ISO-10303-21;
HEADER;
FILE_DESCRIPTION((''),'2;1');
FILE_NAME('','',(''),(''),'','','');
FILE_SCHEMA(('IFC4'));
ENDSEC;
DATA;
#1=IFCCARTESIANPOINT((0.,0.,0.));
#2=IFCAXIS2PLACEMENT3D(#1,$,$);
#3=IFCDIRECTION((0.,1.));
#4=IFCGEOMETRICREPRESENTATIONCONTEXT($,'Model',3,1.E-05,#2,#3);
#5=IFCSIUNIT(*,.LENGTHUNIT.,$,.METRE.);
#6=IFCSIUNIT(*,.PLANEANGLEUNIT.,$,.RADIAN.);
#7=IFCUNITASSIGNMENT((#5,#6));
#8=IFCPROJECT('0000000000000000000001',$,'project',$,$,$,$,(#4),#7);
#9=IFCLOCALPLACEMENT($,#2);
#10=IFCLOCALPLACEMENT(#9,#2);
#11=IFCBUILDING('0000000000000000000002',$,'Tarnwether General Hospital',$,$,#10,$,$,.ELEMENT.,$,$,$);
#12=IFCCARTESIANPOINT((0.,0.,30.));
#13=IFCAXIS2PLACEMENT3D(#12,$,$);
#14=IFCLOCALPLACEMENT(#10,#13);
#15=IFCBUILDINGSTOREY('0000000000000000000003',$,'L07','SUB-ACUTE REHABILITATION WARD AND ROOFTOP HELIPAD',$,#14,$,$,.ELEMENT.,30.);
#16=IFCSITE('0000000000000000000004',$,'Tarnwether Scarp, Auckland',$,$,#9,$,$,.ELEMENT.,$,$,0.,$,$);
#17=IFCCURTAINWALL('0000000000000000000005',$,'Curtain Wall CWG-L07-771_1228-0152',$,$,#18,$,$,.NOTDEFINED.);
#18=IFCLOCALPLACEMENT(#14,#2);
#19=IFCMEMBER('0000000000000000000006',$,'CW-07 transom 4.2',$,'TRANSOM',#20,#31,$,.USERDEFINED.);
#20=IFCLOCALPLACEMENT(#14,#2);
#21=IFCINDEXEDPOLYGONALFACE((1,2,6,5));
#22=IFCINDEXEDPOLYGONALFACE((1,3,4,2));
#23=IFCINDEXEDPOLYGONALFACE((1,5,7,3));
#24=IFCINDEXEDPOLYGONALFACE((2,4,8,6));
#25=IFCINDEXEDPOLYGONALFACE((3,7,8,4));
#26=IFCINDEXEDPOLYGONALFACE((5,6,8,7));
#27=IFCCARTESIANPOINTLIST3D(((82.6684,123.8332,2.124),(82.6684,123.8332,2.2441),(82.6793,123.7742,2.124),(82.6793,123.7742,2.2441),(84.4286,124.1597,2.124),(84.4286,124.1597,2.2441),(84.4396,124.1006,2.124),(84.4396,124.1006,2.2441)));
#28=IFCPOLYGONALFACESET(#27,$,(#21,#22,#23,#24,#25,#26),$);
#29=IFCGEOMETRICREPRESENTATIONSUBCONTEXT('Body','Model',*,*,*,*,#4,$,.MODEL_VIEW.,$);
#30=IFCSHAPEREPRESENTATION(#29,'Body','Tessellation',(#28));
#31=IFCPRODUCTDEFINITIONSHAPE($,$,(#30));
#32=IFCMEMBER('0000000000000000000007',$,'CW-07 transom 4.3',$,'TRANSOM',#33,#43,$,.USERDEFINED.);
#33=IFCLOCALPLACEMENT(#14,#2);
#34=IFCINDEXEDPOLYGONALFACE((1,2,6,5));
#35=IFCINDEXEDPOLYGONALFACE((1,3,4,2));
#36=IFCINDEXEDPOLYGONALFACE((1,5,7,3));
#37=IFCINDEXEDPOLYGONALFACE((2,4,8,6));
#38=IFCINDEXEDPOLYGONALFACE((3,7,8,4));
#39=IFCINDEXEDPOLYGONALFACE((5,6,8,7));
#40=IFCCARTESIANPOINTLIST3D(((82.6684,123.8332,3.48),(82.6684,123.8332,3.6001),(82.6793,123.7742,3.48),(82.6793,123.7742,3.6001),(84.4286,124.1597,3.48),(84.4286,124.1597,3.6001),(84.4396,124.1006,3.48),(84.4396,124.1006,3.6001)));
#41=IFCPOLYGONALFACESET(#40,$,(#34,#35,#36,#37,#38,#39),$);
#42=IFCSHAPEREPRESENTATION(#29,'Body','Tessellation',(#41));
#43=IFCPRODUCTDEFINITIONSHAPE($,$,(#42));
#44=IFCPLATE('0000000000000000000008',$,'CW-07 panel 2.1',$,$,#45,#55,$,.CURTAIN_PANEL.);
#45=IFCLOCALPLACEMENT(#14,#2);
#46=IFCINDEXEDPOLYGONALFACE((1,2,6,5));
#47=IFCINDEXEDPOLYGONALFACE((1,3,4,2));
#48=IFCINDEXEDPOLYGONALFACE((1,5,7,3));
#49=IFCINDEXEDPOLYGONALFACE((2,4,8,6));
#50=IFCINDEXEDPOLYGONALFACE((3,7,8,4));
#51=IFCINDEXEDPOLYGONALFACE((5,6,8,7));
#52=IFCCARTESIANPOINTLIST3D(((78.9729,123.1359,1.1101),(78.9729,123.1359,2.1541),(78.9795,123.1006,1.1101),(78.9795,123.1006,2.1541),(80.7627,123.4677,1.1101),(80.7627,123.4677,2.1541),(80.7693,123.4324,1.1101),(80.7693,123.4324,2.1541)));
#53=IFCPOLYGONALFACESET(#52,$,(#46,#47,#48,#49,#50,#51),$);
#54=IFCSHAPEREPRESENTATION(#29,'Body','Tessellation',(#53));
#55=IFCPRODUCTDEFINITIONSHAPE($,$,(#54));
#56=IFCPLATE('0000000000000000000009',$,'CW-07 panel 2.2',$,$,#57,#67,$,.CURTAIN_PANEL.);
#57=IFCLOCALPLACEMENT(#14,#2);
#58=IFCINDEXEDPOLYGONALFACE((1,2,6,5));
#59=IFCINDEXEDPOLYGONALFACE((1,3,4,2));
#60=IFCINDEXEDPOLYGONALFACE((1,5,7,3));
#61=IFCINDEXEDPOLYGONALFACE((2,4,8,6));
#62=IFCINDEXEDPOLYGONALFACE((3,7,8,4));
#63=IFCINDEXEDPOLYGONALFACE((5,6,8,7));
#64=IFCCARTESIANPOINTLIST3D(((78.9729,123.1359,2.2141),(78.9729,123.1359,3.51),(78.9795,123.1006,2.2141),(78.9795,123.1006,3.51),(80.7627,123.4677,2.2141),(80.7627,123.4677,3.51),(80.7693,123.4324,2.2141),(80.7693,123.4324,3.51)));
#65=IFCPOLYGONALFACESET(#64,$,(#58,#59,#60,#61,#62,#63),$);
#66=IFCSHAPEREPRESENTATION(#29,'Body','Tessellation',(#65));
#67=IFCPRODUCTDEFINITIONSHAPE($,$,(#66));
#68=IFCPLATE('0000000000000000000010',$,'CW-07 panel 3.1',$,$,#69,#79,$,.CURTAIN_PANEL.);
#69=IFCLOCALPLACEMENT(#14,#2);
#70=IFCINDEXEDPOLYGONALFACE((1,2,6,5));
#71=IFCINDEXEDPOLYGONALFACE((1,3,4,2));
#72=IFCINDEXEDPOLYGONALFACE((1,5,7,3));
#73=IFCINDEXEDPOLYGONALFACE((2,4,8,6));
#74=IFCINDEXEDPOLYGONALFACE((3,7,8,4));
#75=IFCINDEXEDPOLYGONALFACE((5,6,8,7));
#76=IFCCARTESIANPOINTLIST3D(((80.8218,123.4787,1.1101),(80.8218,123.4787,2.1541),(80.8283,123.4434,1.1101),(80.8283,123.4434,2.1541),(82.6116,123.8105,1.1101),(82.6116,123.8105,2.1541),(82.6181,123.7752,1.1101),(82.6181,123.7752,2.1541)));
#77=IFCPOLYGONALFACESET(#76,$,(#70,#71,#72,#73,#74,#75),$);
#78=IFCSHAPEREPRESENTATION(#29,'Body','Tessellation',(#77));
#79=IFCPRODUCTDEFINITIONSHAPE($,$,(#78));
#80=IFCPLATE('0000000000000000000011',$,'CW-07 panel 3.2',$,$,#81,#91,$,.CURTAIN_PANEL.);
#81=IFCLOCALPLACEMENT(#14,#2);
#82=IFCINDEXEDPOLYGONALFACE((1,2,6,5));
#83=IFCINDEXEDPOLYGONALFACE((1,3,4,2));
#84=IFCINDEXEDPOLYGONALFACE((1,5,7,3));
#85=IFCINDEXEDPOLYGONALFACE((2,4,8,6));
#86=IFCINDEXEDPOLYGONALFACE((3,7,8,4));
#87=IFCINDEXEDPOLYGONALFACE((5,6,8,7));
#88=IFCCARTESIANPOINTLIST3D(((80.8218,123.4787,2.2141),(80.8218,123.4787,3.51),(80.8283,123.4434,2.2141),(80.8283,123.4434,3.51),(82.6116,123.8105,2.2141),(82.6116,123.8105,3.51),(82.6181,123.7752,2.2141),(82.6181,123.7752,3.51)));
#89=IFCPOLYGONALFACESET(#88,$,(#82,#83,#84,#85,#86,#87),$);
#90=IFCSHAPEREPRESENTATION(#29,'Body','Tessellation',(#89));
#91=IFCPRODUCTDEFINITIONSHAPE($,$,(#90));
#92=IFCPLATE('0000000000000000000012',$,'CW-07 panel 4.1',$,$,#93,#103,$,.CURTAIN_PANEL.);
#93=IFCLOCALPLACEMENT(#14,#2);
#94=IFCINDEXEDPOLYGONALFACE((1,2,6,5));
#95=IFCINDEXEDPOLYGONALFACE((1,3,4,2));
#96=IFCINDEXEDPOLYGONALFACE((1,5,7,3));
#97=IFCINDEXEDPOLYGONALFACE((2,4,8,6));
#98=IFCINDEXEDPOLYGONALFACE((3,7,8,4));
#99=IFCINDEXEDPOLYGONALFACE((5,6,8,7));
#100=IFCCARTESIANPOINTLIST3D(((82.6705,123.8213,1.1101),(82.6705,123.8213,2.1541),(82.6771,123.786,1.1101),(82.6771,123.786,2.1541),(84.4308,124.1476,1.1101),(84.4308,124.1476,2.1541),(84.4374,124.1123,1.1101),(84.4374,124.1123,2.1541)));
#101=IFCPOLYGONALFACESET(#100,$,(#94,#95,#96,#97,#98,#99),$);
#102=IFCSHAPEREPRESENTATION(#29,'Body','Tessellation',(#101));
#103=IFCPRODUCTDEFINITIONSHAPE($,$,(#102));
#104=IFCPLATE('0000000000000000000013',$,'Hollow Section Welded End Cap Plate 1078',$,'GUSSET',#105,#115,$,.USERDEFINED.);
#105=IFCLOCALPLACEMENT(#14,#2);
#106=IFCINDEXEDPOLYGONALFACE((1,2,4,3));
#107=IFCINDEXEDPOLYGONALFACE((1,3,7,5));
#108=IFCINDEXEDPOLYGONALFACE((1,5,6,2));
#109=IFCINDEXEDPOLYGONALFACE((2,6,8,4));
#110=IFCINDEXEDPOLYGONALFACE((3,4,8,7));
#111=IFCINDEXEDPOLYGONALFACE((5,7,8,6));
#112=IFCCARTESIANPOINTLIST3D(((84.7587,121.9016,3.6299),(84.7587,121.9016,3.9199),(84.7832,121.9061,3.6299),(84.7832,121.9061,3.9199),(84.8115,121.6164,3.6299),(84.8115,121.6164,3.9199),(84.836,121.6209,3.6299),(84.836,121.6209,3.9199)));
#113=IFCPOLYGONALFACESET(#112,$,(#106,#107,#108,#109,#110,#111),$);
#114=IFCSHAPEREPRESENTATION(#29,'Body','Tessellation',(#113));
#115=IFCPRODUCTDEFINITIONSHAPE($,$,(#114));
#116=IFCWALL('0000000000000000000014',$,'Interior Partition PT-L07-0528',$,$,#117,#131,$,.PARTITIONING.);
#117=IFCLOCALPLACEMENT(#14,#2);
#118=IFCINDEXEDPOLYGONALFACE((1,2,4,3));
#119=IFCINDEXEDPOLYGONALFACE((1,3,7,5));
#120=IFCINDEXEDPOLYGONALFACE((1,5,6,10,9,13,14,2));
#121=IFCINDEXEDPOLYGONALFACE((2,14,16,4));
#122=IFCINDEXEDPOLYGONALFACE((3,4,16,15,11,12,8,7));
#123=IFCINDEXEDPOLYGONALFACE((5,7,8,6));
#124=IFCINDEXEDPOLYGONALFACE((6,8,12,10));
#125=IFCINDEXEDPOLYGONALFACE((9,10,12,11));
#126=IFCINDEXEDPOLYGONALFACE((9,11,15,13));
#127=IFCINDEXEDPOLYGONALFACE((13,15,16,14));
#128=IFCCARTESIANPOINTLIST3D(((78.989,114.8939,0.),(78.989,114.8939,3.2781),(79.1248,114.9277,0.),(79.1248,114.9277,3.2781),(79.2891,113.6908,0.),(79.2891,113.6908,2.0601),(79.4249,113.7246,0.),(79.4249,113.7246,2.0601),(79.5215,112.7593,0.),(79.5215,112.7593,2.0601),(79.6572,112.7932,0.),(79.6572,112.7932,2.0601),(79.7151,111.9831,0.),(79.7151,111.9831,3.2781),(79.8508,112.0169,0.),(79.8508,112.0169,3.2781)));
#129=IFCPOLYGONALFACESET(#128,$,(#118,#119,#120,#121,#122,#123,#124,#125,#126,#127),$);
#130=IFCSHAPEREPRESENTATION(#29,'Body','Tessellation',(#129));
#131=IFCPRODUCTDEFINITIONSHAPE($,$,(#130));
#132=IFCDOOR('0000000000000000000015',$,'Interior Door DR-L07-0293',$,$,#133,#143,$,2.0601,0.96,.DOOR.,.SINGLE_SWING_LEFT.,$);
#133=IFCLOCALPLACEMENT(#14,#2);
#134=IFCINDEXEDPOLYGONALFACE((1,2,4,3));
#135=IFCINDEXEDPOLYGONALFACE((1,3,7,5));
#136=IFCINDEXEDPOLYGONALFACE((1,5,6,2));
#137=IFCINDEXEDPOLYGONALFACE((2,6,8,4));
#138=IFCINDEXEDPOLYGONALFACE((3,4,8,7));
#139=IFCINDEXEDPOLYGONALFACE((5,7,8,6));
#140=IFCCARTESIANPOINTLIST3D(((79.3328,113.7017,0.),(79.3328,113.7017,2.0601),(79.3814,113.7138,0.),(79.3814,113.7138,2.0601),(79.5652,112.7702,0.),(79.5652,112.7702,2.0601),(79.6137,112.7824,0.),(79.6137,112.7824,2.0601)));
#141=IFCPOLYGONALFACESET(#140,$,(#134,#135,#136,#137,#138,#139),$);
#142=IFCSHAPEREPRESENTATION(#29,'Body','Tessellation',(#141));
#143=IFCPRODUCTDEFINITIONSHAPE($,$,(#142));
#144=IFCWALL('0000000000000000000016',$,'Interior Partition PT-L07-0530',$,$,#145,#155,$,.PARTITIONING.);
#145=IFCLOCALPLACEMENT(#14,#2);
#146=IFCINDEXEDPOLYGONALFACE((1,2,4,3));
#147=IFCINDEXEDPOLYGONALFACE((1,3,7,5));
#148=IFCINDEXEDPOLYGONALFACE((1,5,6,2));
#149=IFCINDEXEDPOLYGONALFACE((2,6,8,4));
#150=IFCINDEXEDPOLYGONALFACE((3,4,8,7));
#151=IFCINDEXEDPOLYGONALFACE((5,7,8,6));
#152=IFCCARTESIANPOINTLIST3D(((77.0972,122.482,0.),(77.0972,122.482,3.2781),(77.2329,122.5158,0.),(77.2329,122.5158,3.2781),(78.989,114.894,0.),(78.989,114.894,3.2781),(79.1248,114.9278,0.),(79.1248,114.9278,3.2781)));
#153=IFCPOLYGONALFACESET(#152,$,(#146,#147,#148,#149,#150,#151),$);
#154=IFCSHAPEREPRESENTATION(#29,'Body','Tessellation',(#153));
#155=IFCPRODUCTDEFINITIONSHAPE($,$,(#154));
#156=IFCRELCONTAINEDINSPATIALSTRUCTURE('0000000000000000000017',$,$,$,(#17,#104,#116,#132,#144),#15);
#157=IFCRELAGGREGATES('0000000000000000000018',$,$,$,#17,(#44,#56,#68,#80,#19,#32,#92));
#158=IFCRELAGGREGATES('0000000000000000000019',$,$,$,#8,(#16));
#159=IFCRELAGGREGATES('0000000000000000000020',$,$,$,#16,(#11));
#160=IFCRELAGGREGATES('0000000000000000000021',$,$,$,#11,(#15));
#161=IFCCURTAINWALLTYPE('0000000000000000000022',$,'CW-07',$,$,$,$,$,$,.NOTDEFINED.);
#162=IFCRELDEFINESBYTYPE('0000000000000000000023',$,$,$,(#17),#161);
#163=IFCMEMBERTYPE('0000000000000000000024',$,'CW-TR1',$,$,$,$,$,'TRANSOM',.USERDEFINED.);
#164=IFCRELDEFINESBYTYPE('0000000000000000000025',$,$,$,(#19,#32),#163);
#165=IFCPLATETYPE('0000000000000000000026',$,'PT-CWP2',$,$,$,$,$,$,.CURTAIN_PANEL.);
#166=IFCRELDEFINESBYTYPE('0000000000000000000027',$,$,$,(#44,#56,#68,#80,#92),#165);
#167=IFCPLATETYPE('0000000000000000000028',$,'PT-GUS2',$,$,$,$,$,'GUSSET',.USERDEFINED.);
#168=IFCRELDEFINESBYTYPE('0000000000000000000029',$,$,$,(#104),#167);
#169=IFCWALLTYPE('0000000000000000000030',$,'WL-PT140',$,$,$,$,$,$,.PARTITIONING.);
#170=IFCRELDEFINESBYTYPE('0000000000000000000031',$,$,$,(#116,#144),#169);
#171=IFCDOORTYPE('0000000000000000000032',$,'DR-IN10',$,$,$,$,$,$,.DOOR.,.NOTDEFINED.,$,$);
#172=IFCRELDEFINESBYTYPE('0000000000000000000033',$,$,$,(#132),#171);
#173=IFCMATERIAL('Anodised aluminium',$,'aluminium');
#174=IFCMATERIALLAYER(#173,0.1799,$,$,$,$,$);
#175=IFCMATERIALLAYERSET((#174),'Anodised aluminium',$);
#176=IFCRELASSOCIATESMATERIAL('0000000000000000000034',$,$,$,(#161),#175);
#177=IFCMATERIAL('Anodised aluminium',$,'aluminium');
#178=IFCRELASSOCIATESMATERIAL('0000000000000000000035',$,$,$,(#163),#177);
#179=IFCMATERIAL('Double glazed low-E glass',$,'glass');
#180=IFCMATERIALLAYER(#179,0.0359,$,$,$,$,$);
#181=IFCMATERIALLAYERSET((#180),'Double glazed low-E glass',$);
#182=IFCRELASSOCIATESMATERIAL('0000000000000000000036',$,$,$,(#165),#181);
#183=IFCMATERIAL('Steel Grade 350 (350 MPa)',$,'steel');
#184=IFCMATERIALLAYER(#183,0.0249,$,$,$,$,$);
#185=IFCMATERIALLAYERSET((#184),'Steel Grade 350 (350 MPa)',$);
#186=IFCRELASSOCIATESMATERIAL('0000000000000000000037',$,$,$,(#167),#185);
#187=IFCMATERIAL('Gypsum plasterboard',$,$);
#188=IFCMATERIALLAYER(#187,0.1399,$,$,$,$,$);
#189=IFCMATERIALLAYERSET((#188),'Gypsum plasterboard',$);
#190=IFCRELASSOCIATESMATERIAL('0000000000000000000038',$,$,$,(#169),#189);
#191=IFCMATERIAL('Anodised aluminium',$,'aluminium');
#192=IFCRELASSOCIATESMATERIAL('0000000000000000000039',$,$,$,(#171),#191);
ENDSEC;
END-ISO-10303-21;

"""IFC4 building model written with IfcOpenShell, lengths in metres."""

from ifc_helpers import new_model, si_unit, direction, frame, frame_2d, origin, origin_2d, place, context, subcontext, project, spatial, rectangle, extrude, material, layer, layer_set, material_profile, profile_set, type_object, element, fill, aggregate, save


model = new_model("IFC4")

# Units and contexts
model_context = context("Model", 3, precision=1e-05, world=origin(), true_north=direction((0.0, 1.0)))
body_context = subcontext(model_context, "Body", "Model", "MODEL_VIEW")
ifc_project = project(units=[si_unit("LENGTHUNIT", "METRE"), si_unit("PLANEANGLEUNIT", "RADIAN")], contexts=[model_context])

# Site, building, storey
site_placement = place(None, origin())
site = spatial("IfcSite", under=ifc_project, at=site_placement, Name="Tarnwether Scarp, Auckland", CompositionType="ELEMENT", RefElevation=0.0)
building_placement = place(site_placement, origin())
building = spatial("IfcBuilding", under=site, at=building_placement, Name="Tarnwether General Hospital", CompositionType="ELEMENT")
storey_placement = place(building_placement, frame((0.0, 0.0, 30.0)))
storey = spatial("IfcBuildingStorey", under=building, at=storey_placement, Name="L07", Description="SUB-ACUTE REHABILITATION WARD AND ROOFTOP HELIPAD", CompositionType="ELEMENT", Elevation=30.0)

# Curtain wall, members, plates
ifc_material_1 = material(Name="Anodised aluminium", Category="aluminium")
ifc_layer_1 = layer(ifc_material_1, 0.1799)
ifc_layer_set_1 = layer_set([ifc_layer_1], Name="Anodised aluminium")
curtain_wall_type = type_object("IfcCurtainWallType", Name="CW-07", PredefinedType="NOTDEFINED", material=ifc_layer_set_1)
curtain_wall_placement = place(storey_placement, origin())
curtain_wall = element("IfcCurtainWall", 1, at=curtain_wall_placement, inside=storey, type_object=curtain_wall_type, Name="Curtain Wall CWG-L07-771_1228-0152", PredefinedType="NOTDEFINED")
ifc_material_2 = material(Name="Anodised aluminium", Category="aluminium")
ifc_material_profile_1 = material_profile(ifc_material_2, rectangle(XDim=0.0601, YDim=0.1201, at=origin_2d()), Name="ALU-TRN-60x120")
ifc_profile_set_1 = profile_set([ifc_material_profile_1], Name="Anodised aluminium")
member_type_1 = type_object("IfcMemberType", Name="CW-TR1", ElementType="TRANSOM", PredefinedType="USERDEFINED", material=ifc_profile_set_1)
member_1_placement = place(storey_placement, frame((82.6738, 123.8037, 2.1841), z_axis=(0.983238, 0.182329, 0.0), x_axis=(-0.182329, 0.983238, 0.0)))
member_1 = element("IfcMember", 2, at=member_1_placement, type_object=member_type_1, Name="CW-07 transom 4.2", ObjectType="TRANSOM", PredefinedType="USERDEFINED", context=body_context, shape_type="SweptSolid", body=[
    extrude(rectangle(XDim=0.0601, YDim=0.1201, at=origin_2d()), origin(), (0.0, 0.0, 1.0), 1.7903),
])
member_2_placement = place(storey_placement, frame((82.6738, 123.8037, 3.54), z_axis=(0.983238, 0.182329, 0.0), x_axis=(-0.182329, 0.983238, 0.0)))
member_2 = element("IfcMember", 3, at=member_2_placement, type_object=member_type_1, Name="CW-07 transom 4.3", ObjectType="TRANSOM", PredefinedType="USERDEFINED", context=body_context, shape_type="SweptSolid", body=[
    extrude(rectangle(XDim=0.0601, YDim=0.1201, at=origin_2d()), origin(), (0.0, 0.0, 1.0), 1.7903),
])
ifc_material_3 = material(Name="Double glazed low-E glass", Category="glass")
ifc_layer_2 = layer(ifc_material_3, 0.0359)
ifc_layer_set_2 = layer_set([ifc_layer_2], Name="Double glazed low-E glass")
plate_type_1 = type_object("IfcPlateType", Name="PT-CWP2", PredefinedType="CURTAIN_PANEL", material=ifc_layer_set_2)
plate_1_placement = place(storey_placement, frame((79.8711, 123.2842, 1.1101), z_axis=(0.0, 0.0, 1.0), x_axis=(0.983245, 0.182289, 0.0)))
plate_1 = element("IfcPlate", 4, at=plate_1_placement, type_object=plate_type_1, Name="CW-07 panel 2.1", PredefinedType="CURTAIN_PANEL", context=body_context, shape_type="SweptSolid", body=[
    extrude(rectangle(XDim=1.8203, YDim=0.0359, at=origin_2d()), origin(), (0.0, 0.0, 1.0), 1.0439),
])
plate_2_placement = place(storey_placement, frame((79.8711, 123.2842, 2.2141), z_axis=(0.0, 0.0, 1.0), x_axis=(0.983245, 0.182289, 0.0)))
plate_2 = element("IfcPlate", 5, at=plate_2_placement, type_object=plate_type_1, Name="CW-07 panel 2.2", PredefinedType="CURTAIN_PANEL", context=body_context, shape_type="SweptSolid", body=[
    extrude(rectangle(XDim=1.8203, YDim=0.0359, at=origin_2d()), origin(), (0.0, 0.0, 1.0), 1.2959),
])
plate_3_placement = place(storey_placement, frame((81.72, 123.627, 1.1101), z_axis=(0.0, 0.0, 1.0), x_axis=(0.983245, 0.182289, 0.0)))
plate_3 = element("IfcPlate", 6, at=plate_3_placement, type_object=plate_type_1, Name="CW-07 panel 3.1", PredefinedType="CURTAIN_PANEL", context=body_context, shape_type="SweptSolid", body=[
    extrude(rectangle(XDim=1.8203, YDim=0.0359, at=origin_2d()), origin(), (0.0, 0.0, 1.0), 1.0439),
])
plate_4_placement = place(storey_placement, frame((81.72, 123.627, 2.2141), z_axis=(0.0, 0.0, 1.0), x_axis=(0.983245, 0.182289, 0.0)))
plate_4 = element("IfcPlate", 7, at=plate_4_placement, type_object=plate_type_1, Name="CW-07 panel 3.2", PredefinedType="CURTAIN_PANEL", context=body_context, shape_type="SweptSolid", body=[
    extrude(rectangle(XDim=1.8203, YDim=0.0359, at=origin_2d()), origin(), (0.0, 0.0, 1.0), 1.2959),
])
plate_5_placement = place(storey_placement, frame((83.554, 123.9668, 1.1101), z_axis=(0.0, 0.0, 1.0), x_axis=(0.983245, 0.182289, 0.0)))
plate_5 = element("IfcPlate", 8, at=plate_5_placement, type_object=plate_type_1, Name="CW-07 panel 4.1", PredefinedType="CURTAIN_PANEL", context=body_context, shape_type="SweptSolid", body=[
    extrude(rectangle(XDim=1.7903, YDim=0.0359, at=origin_2d()), origin(), (0.0, 0.0, 1.0), 1.0439),
])
aggregate(curtain_wall, [plate_1, plate_2, plate_3, plate_4, member_1, member_2, plate_5])

# Plate
ifc_material_4 = material(Name="Steel Grade 350 (350 MPa)", Category="steel")
ifc_layer_3 = layer(ifc_material_4, 0.0249)
ifc_layer_set_3 = layer_set([ifc_layer_3], Name="Steel Grade 350 (350 MPa)")
plate_type_2 = type_object("IfcPlateType", Name="PT-GUS2", ElementType="GUSSET", PredefinedType="USERDEFINED", material=ifc_layer_set_3)
plate_6_placement = place(storey_placement, frame((84.7974, 121.7612, 3.6299), z_axis=(0.0, 0.0, 1.0), x_axis=(0.983261, 0.182201, 0.0)))
element("IfcPlate", 9, at=plate_6_placement, inside=storey, type_object=plate_type_2, Name="Hollow Section Welded End Cap Plate 1078", ObjectType="GUSSET", PredefinedType="USERDEFINED", context=body_context, shape_type="SweptSolid", body=[
    extrude(rectangle(XDim=0.0249, YDim=0.29, at=origin_2d()), origin(), (0.0, 0.0, 1.0), 0.29),
])

# Wall, opening, door
ifc_material_5 = material(Name="Gypsum plasterboard")
ifc_layer_4 = layer(ifc_material_5, 0.1399)
ifc_layer_set_4 = layer_set([ifc_layer_4], Name="Gypsum plasterboard")
wall_type_1 = type_object("IfcWallType", Name="WL-PT140", PredefinedType="PARTITIONING", material=ifc_layer_set_4)
wall_1_placement = place(storey_placement, frame((79.783, 112.0, 0.0), z_axis=(0.0, 0.0, 1.0), x_axis=(-0.242019, 0.970272, 0.0)))
wall_1 = element("IfcWall", 10, at=wall_1_placement, inside=storey, type_object=wall_type_1, Name="Interior Partition PT-L07-0528", PredefinedType="PARTITIONING", context=body_context, shape_type="SweptSolid", body=[
    extrude(rectangle(XDim=3.0, YDim=0.1399, at=frame_2d((1.5, 0.0))), origin(), (0.0, 0.0, 1.0), 3.2781),
])
opening_1_placement = place(wall_1_placement, frame((0.8, 0.0, 0.0)))
opening_1 = element("IfcOpeningElement", 11, at=opening_1_placement, cuts=wall_1, PredefinedType="OPENING", context=body_context, shape_type="SweptSolid", body=[
    extrude(rectangle(XDim=0.96, YDim=2.0601, at=frame_2d((0.48, 1.03))), frame((0.0, 0.0801, 0.0), z_axis=(0.0, -1.0, 0.0), x_axis=(1.0, 0.0, 0.0)), (0.0, 0.0, 1.0), 0.1599),
])
ifc_material_6 = material(Name="Anodised aluminium", Category="aluminium")
door_type_1 = type_object("IfcDoorType", Name="DR-IN10", OperationType="NOTDEFINED", PredefinedType="DOOR", material=ifc_material_6)
door_1_placement = place(opening_1_placement, origin())
door_1 = element("IfcDoor", 12, at=door_1_placement, inside=storey, type_object=door_type_1, Name="Interior Door DR-L07-0293", OperationType="SINGLE_SWING_LEFT", OverallHeight=2.0601, OverallWidth=0.96, PredefinedType="DOOR", context=body_context, shape_type="SweptSolid", body=[
    extrude(rectangle(XDim=0.96, YDim=2.0601, at=frame_2d((0.48, 1.03))), frame((0.0, 0.0249, 0.0), z_axis=(0.0, -1.0, 0.0), x_axis=(1.0, 0.0, 0.0)), (0.0, 0.0, 1.0), 0.05),
])
fill(opening_1, door_1)

# Wall
wall_2_placement = place(storey_placement, frame((79.0569, 114.9109, 0.0), z_axis=(0.0, 0.0, 1.0), x_axis=(-0.241911, 0.970298, 0.0)))
element("IfcWall", 13, at=wall_2_placement, inside=storey, type_object=wall_type_1, Name="Interior Partition PT-L07-0530", PredefinedType="PARTITIONING", context=body_context, shape_type="SweptSolid", body=[
    extrude(rectangle(XDim=7.8203, YDim=0.1399, at=frame_2d((3.9102, 0.0))), origin(), (0.0, 0.0, 1.0), 3.2781),
])

save(model, "model.ifc")
